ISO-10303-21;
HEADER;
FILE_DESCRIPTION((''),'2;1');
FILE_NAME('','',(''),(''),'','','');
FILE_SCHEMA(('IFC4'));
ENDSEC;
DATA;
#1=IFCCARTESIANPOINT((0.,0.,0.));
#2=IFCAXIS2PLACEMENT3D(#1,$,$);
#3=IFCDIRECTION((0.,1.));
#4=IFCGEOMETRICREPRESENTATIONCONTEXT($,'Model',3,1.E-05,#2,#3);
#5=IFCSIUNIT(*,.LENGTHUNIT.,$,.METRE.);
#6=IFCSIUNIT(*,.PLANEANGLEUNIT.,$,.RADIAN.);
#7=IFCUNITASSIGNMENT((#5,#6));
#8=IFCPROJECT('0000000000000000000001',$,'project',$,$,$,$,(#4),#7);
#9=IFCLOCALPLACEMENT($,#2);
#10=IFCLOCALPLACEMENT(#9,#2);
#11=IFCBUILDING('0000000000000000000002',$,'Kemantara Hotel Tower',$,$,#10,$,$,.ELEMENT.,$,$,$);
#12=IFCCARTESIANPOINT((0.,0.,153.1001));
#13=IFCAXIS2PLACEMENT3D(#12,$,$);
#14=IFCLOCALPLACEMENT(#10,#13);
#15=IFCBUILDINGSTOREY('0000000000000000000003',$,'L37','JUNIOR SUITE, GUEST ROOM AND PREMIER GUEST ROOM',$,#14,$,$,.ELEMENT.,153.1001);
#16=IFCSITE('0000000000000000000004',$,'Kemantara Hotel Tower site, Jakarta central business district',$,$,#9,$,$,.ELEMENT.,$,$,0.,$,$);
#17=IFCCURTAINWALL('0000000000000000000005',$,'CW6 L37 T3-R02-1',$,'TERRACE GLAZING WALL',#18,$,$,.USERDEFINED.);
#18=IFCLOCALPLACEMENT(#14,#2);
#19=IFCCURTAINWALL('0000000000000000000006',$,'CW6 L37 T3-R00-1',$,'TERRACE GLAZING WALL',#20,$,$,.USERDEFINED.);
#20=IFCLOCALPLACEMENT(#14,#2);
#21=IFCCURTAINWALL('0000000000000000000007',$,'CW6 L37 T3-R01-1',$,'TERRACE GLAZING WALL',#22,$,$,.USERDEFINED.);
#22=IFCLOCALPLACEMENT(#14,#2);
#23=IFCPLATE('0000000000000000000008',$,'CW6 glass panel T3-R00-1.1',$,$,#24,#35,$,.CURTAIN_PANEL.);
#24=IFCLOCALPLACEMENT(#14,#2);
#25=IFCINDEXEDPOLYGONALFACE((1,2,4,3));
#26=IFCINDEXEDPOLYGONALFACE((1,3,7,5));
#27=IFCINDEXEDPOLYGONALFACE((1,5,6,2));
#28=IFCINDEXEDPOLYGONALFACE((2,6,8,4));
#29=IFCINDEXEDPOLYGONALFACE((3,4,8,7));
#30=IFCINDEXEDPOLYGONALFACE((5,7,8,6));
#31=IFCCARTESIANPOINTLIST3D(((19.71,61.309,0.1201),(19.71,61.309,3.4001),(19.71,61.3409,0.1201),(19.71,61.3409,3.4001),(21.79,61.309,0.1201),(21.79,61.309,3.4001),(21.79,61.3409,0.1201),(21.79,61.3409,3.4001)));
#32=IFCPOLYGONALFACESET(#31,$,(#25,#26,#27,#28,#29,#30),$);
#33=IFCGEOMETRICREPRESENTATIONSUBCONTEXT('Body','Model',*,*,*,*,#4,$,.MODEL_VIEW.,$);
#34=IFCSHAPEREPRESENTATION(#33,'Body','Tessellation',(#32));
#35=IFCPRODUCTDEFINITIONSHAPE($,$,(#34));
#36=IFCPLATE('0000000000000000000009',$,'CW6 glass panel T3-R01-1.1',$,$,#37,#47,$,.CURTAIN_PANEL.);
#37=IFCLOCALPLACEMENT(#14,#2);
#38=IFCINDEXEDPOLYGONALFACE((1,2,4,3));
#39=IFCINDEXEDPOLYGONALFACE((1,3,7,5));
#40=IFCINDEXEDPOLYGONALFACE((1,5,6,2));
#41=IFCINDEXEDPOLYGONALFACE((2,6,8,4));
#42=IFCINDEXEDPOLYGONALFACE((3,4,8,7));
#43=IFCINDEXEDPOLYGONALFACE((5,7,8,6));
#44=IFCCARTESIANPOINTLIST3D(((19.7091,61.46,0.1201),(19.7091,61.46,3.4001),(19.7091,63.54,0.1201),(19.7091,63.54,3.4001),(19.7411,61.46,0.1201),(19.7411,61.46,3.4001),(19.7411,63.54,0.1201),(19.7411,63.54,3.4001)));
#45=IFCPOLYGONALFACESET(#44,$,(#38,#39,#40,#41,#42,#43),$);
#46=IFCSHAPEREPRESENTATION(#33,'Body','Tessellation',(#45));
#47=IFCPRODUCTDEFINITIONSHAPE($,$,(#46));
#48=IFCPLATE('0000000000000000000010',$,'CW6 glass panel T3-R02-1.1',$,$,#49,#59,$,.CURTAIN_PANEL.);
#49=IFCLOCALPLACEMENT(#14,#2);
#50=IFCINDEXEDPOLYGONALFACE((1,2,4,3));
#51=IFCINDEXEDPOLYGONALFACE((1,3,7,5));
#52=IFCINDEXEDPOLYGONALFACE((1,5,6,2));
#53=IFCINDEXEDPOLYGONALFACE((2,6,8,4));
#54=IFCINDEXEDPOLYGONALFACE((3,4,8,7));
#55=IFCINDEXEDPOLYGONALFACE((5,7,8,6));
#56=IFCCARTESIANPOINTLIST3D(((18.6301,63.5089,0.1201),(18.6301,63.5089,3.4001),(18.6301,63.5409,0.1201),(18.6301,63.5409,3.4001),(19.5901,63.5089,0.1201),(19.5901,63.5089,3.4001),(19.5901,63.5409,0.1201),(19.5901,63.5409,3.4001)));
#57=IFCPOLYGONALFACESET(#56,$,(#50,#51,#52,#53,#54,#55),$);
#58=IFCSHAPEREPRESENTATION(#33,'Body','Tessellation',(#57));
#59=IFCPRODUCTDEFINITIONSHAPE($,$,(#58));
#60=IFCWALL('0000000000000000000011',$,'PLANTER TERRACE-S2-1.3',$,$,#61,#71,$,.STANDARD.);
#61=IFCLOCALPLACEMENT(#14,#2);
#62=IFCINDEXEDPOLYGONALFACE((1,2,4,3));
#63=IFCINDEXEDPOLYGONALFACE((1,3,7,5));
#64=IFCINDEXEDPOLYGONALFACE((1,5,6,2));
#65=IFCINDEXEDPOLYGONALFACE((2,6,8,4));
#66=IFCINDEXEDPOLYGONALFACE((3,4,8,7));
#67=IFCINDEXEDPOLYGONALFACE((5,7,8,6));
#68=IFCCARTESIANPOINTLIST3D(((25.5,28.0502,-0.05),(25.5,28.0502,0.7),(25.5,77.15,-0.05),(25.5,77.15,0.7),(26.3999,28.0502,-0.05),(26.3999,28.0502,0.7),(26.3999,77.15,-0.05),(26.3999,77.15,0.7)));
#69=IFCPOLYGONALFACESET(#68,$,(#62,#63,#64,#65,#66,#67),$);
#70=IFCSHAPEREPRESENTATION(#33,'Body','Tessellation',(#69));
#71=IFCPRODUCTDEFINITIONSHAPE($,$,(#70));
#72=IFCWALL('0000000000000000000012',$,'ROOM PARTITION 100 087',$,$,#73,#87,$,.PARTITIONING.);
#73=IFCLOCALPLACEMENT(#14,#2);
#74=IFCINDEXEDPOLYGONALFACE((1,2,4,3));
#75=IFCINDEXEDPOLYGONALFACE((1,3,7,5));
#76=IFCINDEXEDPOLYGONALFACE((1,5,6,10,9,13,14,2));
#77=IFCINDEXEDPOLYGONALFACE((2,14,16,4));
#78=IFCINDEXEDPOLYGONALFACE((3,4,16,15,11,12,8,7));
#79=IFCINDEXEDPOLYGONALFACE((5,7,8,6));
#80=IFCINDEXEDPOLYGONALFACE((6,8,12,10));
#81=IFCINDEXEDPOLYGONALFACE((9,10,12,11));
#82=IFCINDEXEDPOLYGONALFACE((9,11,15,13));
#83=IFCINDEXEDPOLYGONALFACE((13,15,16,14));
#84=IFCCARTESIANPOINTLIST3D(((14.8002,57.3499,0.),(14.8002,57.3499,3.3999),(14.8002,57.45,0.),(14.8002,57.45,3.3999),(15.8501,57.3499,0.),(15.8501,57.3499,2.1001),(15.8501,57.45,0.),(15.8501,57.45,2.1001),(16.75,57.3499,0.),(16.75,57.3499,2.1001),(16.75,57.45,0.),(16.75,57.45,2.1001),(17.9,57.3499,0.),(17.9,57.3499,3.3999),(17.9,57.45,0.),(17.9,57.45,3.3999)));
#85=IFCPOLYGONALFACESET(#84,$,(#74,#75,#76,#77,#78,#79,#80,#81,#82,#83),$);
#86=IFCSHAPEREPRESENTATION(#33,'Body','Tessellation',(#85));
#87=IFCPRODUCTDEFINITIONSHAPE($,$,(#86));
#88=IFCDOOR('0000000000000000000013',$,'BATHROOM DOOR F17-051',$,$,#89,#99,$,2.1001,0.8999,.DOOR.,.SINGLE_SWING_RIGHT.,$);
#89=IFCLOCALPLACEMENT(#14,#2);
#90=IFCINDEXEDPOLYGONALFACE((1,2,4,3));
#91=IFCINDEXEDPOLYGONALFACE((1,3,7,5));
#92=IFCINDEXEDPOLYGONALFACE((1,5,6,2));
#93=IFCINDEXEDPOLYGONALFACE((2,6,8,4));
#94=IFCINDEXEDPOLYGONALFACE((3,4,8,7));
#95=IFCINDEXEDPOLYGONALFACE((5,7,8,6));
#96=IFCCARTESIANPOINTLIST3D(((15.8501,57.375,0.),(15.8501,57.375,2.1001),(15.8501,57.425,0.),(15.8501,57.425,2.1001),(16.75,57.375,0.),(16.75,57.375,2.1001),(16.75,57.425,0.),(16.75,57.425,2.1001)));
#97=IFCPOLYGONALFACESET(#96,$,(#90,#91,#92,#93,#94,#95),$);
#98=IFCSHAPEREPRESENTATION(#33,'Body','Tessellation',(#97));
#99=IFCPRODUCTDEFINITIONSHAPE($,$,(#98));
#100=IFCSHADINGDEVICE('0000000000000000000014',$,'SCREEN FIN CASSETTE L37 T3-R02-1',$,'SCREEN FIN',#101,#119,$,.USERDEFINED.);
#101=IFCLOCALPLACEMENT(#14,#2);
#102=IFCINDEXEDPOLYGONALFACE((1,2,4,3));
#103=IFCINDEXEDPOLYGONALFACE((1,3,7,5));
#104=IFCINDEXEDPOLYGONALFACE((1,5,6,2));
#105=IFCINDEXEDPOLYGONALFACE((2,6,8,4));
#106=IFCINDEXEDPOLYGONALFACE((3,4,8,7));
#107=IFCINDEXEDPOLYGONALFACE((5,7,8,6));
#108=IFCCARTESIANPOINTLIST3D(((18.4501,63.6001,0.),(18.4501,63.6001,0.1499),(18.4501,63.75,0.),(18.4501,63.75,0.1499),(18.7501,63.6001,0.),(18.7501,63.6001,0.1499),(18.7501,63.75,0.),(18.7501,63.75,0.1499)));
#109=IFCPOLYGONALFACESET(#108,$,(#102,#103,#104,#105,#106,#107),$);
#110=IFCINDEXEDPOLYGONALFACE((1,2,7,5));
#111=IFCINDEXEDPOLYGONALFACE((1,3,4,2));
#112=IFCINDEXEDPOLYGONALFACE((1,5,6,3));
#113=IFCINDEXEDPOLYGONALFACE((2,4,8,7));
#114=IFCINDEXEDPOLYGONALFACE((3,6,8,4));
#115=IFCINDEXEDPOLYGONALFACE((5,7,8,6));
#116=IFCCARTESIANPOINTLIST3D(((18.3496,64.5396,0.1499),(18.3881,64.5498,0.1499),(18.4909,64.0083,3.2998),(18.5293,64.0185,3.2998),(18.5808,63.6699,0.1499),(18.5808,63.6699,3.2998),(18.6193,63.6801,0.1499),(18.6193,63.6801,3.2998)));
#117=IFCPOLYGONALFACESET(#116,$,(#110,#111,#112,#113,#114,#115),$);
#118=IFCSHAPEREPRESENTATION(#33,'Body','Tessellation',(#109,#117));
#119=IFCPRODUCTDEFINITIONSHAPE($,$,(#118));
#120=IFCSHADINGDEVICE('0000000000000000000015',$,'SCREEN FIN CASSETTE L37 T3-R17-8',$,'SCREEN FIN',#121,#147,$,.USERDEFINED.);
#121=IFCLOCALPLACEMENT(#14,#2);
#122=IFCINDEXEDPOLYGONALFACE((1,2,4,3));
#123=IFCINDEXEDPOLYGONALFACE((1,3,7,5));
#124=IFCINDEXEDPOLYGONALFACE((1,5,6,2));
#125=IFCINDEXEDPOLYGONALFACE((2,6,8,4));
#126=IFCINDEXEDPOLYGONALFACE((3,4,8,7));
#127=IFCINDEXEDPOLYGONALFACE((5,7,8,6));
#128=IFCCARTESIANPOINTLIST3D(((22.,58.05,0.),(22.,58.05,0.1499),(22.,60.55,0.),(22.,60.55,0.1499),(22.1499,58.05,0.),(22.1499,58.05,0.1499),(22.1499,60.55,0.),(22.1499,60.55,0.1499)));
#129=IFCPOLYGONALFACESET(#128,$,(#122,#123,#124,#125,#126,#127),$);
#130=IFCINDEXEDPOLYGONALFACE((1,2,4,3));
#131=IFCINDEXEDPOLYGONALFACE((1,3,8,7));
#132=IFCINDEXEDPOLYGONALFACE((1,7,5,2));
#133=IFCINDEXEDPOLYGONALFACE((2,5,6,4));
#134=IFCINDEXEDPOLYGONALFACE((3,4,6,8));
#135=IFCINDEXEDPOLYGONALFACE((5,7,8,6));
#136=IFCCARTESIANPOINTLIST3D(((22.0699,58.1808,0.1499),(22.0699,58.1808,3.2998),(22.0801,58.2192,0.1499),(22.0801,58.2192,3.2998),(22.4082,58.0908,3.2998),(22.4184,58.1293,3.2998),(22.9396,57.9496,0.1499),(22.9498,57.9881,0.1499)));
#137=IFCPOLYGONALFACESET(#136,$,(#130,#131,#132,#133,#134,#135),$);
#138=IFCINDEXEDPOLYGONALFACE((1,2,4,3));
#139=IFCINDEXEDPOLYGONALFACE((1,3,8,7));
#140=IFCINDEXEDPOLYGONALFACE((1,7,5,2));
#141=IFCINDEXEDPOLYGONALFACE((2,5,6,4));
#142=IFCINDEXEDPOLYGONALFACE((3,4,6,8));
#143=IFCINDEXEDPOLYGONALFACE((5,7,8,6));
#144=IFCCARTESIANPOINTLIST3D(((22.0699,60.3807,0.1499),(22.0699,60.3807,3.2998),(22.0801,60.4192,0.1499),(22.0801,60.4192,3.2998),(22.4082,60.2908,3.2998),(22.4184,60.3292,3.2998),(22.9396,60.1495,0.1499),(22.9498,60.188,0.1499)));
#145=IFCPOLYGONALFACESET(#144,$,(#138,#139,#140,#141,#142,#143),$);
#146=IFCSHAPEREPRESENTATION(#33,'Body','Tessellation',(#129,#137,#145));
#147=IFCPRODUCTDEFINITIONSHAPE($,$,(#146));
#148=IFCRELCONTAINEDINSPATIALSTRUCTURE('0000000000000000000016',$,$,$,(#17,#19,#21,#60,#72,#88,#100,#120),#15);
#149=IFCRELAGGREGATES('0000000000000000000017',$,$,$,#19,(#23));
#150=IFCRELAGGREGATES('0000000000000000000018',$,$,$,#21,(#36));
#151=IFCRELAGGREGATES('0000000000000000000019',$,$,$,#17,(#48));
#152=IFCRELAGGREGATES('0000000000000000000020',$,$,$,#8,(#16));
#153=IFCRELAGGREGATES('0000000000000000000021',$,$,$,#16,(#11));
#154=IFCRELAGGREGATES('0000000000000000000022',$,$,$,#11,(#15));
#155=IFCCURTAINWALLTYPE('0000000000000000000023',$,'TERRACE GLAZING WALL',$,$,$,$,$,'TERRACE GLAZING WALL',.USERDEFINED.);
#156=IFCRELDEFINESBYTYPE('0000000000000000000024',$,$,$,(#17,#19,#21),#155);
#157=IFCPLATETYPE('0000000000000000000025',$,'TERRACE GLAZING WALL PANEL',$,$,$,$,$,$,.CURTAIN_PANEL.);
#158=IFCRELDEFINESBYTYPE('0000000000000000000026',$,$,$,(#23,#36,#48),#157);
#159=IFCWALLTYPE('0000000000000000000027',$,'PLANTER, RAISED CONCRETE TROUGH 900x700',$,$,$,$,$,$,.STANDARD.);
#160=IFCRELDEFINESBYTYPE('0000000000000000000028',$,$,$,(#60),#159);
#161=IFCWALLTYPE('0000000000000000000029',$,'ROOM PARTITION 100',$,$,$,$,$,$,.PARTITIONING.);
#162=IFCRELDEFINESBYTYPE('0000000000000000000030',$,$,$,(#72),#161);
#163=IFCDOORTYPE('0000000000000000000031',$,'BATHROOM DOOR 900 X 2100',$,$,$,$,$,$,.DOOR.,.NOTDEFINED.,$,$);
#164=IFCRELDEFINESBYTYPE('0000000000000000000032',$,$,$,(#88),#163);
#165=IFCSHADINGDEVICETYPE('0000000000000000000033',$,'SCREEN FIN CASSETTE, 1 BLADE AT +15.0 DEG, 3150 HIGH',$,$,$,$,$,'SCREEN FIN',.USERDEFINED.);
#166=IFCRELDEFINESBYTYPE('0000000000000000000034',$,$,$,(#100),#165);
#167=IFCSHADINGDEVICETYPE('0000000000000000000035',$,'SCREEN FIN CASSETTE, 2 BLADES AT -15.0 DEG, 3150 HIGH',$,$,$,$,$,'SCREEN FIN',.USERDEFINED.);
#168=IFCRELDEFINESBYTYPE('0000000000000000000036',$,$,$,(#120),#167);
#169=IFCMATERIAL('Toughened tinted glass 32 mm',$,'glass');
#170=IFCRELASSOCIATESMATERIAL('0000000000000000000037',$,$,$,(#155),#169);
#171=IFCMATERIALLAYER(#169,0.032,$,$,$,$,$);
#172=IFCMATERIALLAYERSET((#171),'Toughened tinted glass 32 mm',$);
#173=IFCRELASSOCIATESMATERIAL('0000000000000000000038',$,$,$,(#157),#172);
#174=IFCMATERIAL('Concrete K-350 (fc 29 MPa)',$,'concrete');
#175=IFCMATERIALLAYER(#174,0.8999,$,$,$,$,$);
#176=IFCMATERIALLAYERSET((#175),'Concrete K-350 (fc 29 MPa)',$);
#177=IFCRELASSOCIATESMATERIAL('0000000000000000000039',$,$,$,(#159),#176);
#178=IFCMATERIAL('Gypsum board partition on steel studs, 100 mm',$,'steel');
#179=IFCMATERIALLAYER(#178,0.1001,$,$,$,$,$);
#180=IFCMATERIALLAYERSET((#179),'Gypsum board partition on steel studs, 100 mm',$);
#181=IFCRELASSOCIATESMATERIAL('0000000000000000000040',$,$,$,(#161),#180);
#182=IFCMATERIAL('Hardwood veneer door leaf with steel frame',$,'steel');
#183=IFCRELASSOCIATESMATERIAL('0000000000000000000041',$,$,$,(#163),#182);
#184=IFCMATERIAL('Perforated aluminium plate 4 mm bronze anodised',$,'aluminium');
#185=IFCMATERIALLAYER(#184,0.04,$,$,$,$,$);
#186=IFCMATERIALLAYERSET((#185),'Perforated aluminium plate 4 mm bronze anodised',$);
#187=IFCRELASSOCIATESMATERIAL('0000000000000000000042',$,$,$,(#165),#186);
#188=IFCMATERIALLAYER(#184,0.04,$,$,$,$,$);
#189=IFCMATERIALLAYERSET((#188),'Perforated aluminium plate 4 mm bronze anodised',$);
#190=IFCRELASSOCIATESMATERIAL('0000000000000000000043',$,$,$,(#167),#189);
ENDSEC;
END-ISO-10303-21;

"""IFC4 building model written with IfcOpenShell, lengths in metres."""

from ifc_helpers import new_model, si_unit, direction, frame, frame_2d, origin, origin_2d, place, context, subcontext, project, spatial, polyline, rectangle, outline, extrude, source, transform, mapped, material, layer, layer_set, type_object, element, fill, aggregate, save


model = new_model("IFC4")

# Units and contexts
model_context = context("Model", 3, precision=1e-05, world=origin(), true_north=direction((0.0, 1.0)))
body_context = subcontext(model_context, "Body", "Model", "MODEL_VIEW")
ifc_project = project(units=[si_unit("LENGTHUNIT", "METRE"), si_unit("PLANEANGLEUNIT", "RADIAN")], contexts=[model_context])

# Site, building, storey
site_placement = place(None, origin())
site = spatial("IfcSite", under=ifc_project, at=site_placement, Name="Kemantara Hotel Tower site, Jakarta central business district", CompositionType="ELEMENT", RefElevation=0.0)
building_placement = place(site_placement, origin())
building = spatial("IfcBuilding", under=site, at=building_placement, Name="Kemantara Hotel Tower", CompositionType="ELEMENT")
storey_placement = place(building_placement, frame((0.0, 0.0, 153.1001)))
storey = spatial("IfcBuildingStorey", under=building, at=storey_placement, Name="L37", Description="JUNIOR SUITE, GUEST ROOM AND PREMIER GUEST ROOM", CompositionType="ELEMENT", Elevation=153.1001)

# Curtain walls
ifc_material_1 = material(Name="Toughened tinted glass 32 mm", Category="glass")
curtain_wall_type = type_object("IfcCurtainWallType", Name="TERRACE GLAZING WALL", ElementType="TERRACE GLAZING WALL", PredefinedType="USERDEFINED", material=ifc_material_1)
curtain_wall_1_placement = place(storey_placement, origin())
curtain_wall_1 = element("IfcCurtainWall", 1, at=curtain_wall_1_placement, inside=storey, type_object=curtain_wall_type, Name="CW6 L37 T3-R02-1", ObjectType="TERRACE GLAZING WALL", PredefinedType="USERDEFINED")
curtain_wall_2_placement = place(storey_placement, origin())
curtain_wall_2 = element("IfcCurtainWall", 2, at=curtain_wall_2_placement, inside=storey, type_object=curtain_wall_type, Name="CW6 L37 T3-R00-1", ObjectType="TERRACE GLAZING WALL", PredefinedType="USERDEFINED")
curtain_wall_3_placement = place(storey_placement, origin())
curtain_wall_3 = element("IfcCurtainWall", 3, at=curtain_wall_3_placement, inside=storey, type_object=curtain_wall_type, Name="CW6 L37 T3-R01-1", ObjectType="TERRACE GLAZING WALL", PredefinedType="USERDEFINED")

# Plates
ifc_layer_1 = layer(ifc_material_1, 0.032)
ifc_layer_set_1 = layer_set([ifc_layer_1], Name="Toughened tinted glass 32 mm")
plate_type = type_object("IfcPlateType", Name="TERRACE GLAZING WALL PANEL", PredefinedType="CURTAIN_PANEL", material=ifc_layer_set_1)
shared_shape_1 = source(origin(), body_context, "Body", "SweptSolid", [
    extrude(rectangle(XDim=2.0801, YDim=0.032, at=origin_2d()), origin(), (0.0, 0.0, 1.0), 3.28),
])
plate_1_placement = place(storey_placement, frame((20.75, 61.325, 0.1201), z_axis=(0.0, 0.0, 1.0), x_axis=(-1.0, 0.0, 0.0)))
plate_1 = element("IfcPlate", 4, at=plate_1_placement, type_object=plate_type, Name="CW6 glass panel T3-R00-1.1", PredefinedType="CURTAIN_PANEL", context=body_context, shape_type="MappedRepresentation", body=[
    mapped(shared_shape_1, transform((0.0, 0.0, 0.0))),
])
aggregate(curtain_wall_2, [plate_1])
plate_2_placement = place(storey_placement, frame((19.7251, 62.5, 0.1201), z_axis=(0.0, 0.0, 1.0), x_axis=(0.0, 1.0, 0.0)))
plate_2 = element("IfcPlate", 5, at=plate_2_placement, type_object=plate_type, Name="CW6 glass panel T3-R01-1.1", PredefinedType="CURTAIN_PANEL", context=body_context, shape_type="MappedRepresentation", body=[
    mapped(shared_shape_1, transform((0.0, 0.0, 0.0))),
])
aggregate(curtain_wall_3, [plate_2])
shared_shape_2 = source(origin(), body_context, "Body", "SweptSolid", [
    extrude(rectangle(XDim=0.96, YDim=0.032, at=origin_2d()), origin(), (0.0, 0.0, 1.0), 3.28),
])
plate_3_placement = place(storey_placement, frame((19.1101, 63.5249, 0.1201), z_axis=(0.0, 0.0, 1.0), x_axis=(-1.0, 0.0, 0.0)))
plate_3 = element("IfcPlate", 6, at=plate_3_placement, type_object=plate_type, Name="CW6 glass panel T3-R02-1.1", PredefinedType="CURTAIN_PANEL", context=body_context, shape_type="MappedRepresentation", body=[
    mapped(shared_shape_2, transform((0.0, 0.0, 0.0))),
])
aggregate(curtain_wall_1, [plate_3])

# Wall
ifc_material_2 = material(Name="Concrete K-350 (fc 29 MPa)", Category="concrete")
ifc_layer_2 = layer(ifc_material_2, 0.8999)
ifc_layer_set_2 = layer_set([ifc_layer_2], Name="Concrete K-350 (fc 29 MPa)")
wall_type_1 = type_object("IfcWallType", Name="PLANTER, RAISED CONCRETE TROUGH 900x700", PredefinedType="STANDARD", material=ifc_layer_set_2)
wall_1_placement = place(storey_placement, frame((25.95, 77.1499, -0.05), z_axis=(0.0, 0.0, 1.0), x_axis=(0.0, -1.0, 0.0)))
element("IfcWall", 7, at=wall_1_placement, inside=storey, type_object=wall_type_1, Name="PLANTER TERRACE-S2-1.3", PredefinedType="STANDARD", context=body_context, shape_type="SweptSolid", body=[
    extrude(rectangle(XDim=49.0999, YDim=0.8999, at=frame_2d((24.5498, 0.0))), origin(), (0.0, 0.0, 1.0), 0.75),
])

# Wall, opening, door
ifc_material_3 = material(Name="Gypsum board partition on steel studs, 100 mm", Category="steel")
ifc_layer_3 = layer(ifc_material_3, 0.1001)
ifc_layer_set_3 = layer_set([ifc_layer_3], Name="Gypsum board partition on steel studs, 100 mm")
wall_type_2 = type_object("IfcWallType", Name="ROOM PARTITION 100", PredefinedType="PARTITIONING", material=ifc_layer_set_3)
wall_2_placement = place(storey_placement, frame((17.8999, 57.3999, 0.0), z_axis=(0.0, 0.0, 1.0), x_axis=(-1.0, 0.0, 0.0)))
wall_2 = element("IfcWall", 8, at=wall_2_placement, inside=storey, type_object=wall_type_2, Name="ROOM PARTITION 100 087", PredefinedType="PARTITIONING", context=body_context, shape_type="SweptSolid", body=[
    extrude(rectangle(XDim=3.0999, YDim=0.1001, at=frame_2d((1.5498, 0.0))), origin(), (0.0, 0.0, 1.0), 3.3999),
])
opening_1_placement = place(wall_2_placement, frame((1.1499, 0.0, 0.0)))
opening_1 = element("IfcOpeningElement", 9, at=opening_1_placement, cuts=wall_2, PredefinedType="OPENING", context=body_context, shape_type="SweptSolid", body=[
    extrude(rectangle(XDim=0.8999, YDim=2.1001, at=frame_2d((0.45, 1.05))), frame((0.0, 0.0601, 0.0), z_axis=(0.0, -1.0, 0.0), x_axis=(1.0, 0.0, 0.0)), (0.0, 0.0, 1.0), 0.1201),
])
ifc_material_4 = material(Name="Hardwood veneer door leaf with steel frame", Category="steel")
door_type_1 = type_object("IfcDoorType", Name="BATHROOM DOOR 900 X 2100", OperationType="NOTDEFINED", PredefinedType="DOOR", material=ifc_material_4)
door_1_placement = place(opening_1_placement, origin())
door_1 = element("IfcDoor", 10, at=door_1_placement, inside=storey, type_object=door_type_1, Name="BATHROOM DOOR F17-051", OperationType="SINGLE_SWING_RIGHT", OverallHeight=2.1001, OverallWidth=0.8999, PredefinedType="DOOR", context=body_context, shape_type="SweptSolid", body=[
    extrude(rectangle(XDim=0.8999, YDim=2.1001, at=frame_2d((0.45, 1.05))), frame((0.0, 0.0249, 0.0), z_axis=(0.0, -1.0, 0.0), x_axis=(1.0, 0.0, 0.0)), (0.0, 0.0, 1.0), 0.05),
])
fill(opening_1, door_1)

# Shading devices
ifc_material_5 = material(Name="Perforated aluminium plate 4 mm bronze anodised", Category="aluminium")
ifc_layer_4 = layer(ifc_material_5, 0.04)
ifc_layer_set_4 = layer_set([ifc_layer_4], Name="Perforated aluminium plate 4 mm bronze anodised")
shading_device_type_1 = type_object("IfcShadingDeviceType", Name="SCREEN FIN CASSETTE, 1 BLADE AT +15.0 DEG, 3150 HIGH", ElementType="SCREEN FIN", PredefinedType="USERDEFINED", material=ifc_layer_set_4)
shared_shape_3 = source(origin(), body_context, "Body", "SweptSolid", [
    extrude(rectangle(XDim=0.3, YDim=0.1499, at=origin_2d()), frame((0.0, -0.075, -0.1499), z_axis=(0.0, 0.0, 1.0), x_axis=(1.0, 0.0, 0.0)), (0.0, 0.0, 1.0), 0.1499),
    extrude(outline(polyline([(0.0, 0.0), (0.8999, 0.0), (0.3501, 3.1499), (0.0, 3.1499), (0.0, 0.0)])), frame((0.0193, -0.0698, 0.0), z_axis=(-0.966438, -0.256901, 0.0), x_axis=(0.256901, -0.966438, 0.0)), (0.0, 0.0, 1.0), 0.0398),
])
shading_device_1_placement = place(storey_placement, frame((18.6001, 63.6001, 0.1499), z_axis=(0.0, 0.0, 1.0), x_axis=(-1.0, 0.0, 0.0)))
element("IfcShadingDevice", 11, at=shading_device_1_placement, inside=storey, type_object=shading_device_type_1, Name="SCREEN FIN CASSETTE L37 T3-R02-1", ObjectType="SCREEN FIN", PredefinedType="USERDEFINED", context=body_context, shape_type="MappedRepresentation", body=[
    mapped(shared_shape_3, transform((0.0, 0.0, 0.0))),
])
ifc_layer_5 = layer(ifc_material_5, 0.04)
ifc_layer_set_5 = layer_set([ifc_layer_5], Name="Perforated aluminium plate 4 mm bronze anodised")
shading_device_type_2 = type_object("IfcShadingDeviceType", Name="SCREEN FIN CASSETTE, 2 BLADES AT -15.0 DEG, 3150 HIGH", ElementType="SCREEN FIN", PredefinedType="USERDEFINED", material=ifc_layer_set_5)
shared_shape_4 = source(origin(), body_context, "Body", "SweptSolid", [
    extrude(rectangle(XDim=2.5, YDim=0.1499, at=origin_2d()), frame((1.1001, -0.075, -0.1499), z_axis=(0.0, 0.0, 1.0), x_axis=(1.0, 0.0, 0.0)), (0.0, 0.0, 1.0), 0.1499),
    extrude(outline(polyline([(0.0, 0.0), (0.8999, 0.0), (0.3501, 3.1499), (0.0, 3.1499), (0.0, 0.0)])), frame((0.0193, -0.0801, 0.0), z_axis=(-0.966438, 0.256901, 0.0), x_axis=(-0.256901, -0.966438, 0.0)), (0.0, 0.0, 1.0), 0.0398),
    extrude(outline(polyline([(0.0, 0.0), (0.8999, 0.0), (0.3501, 3.1499), (0.0, 3.1499), (0.0, 0.0)])), frame((2.2192, -0.0801, 0.0), z_axis=(-0.966438, 0.256901, 0.0), x_axis=(-0.256901, -0.966438, 0.0)), (0.0, 0.0, 1.0), 0.0398),
])
shading_device_2_placement = place(storey_placement, frame((22.0, 58.2, 0.1499), z_axis=(0.0, 0.0, 1.0), x_axis=(0.0, 1.0, 0.0)))
element("IfcShadingDevice", 12, at=shading_device_2_placement, inside=storey, type_object=shading_device_type_2, Name="SCREEN FIN CASSETTE L37 T3-R17-8", ObjectType="SCREEN FIN", PredefinedType="USERDEFINED", context=body_context, shape_type="MappedRepresentation", body=[
    mapped(shared_shape_4, transform((0.0, 0.0, 0.0))),
])

save(model, "model.ifc")
